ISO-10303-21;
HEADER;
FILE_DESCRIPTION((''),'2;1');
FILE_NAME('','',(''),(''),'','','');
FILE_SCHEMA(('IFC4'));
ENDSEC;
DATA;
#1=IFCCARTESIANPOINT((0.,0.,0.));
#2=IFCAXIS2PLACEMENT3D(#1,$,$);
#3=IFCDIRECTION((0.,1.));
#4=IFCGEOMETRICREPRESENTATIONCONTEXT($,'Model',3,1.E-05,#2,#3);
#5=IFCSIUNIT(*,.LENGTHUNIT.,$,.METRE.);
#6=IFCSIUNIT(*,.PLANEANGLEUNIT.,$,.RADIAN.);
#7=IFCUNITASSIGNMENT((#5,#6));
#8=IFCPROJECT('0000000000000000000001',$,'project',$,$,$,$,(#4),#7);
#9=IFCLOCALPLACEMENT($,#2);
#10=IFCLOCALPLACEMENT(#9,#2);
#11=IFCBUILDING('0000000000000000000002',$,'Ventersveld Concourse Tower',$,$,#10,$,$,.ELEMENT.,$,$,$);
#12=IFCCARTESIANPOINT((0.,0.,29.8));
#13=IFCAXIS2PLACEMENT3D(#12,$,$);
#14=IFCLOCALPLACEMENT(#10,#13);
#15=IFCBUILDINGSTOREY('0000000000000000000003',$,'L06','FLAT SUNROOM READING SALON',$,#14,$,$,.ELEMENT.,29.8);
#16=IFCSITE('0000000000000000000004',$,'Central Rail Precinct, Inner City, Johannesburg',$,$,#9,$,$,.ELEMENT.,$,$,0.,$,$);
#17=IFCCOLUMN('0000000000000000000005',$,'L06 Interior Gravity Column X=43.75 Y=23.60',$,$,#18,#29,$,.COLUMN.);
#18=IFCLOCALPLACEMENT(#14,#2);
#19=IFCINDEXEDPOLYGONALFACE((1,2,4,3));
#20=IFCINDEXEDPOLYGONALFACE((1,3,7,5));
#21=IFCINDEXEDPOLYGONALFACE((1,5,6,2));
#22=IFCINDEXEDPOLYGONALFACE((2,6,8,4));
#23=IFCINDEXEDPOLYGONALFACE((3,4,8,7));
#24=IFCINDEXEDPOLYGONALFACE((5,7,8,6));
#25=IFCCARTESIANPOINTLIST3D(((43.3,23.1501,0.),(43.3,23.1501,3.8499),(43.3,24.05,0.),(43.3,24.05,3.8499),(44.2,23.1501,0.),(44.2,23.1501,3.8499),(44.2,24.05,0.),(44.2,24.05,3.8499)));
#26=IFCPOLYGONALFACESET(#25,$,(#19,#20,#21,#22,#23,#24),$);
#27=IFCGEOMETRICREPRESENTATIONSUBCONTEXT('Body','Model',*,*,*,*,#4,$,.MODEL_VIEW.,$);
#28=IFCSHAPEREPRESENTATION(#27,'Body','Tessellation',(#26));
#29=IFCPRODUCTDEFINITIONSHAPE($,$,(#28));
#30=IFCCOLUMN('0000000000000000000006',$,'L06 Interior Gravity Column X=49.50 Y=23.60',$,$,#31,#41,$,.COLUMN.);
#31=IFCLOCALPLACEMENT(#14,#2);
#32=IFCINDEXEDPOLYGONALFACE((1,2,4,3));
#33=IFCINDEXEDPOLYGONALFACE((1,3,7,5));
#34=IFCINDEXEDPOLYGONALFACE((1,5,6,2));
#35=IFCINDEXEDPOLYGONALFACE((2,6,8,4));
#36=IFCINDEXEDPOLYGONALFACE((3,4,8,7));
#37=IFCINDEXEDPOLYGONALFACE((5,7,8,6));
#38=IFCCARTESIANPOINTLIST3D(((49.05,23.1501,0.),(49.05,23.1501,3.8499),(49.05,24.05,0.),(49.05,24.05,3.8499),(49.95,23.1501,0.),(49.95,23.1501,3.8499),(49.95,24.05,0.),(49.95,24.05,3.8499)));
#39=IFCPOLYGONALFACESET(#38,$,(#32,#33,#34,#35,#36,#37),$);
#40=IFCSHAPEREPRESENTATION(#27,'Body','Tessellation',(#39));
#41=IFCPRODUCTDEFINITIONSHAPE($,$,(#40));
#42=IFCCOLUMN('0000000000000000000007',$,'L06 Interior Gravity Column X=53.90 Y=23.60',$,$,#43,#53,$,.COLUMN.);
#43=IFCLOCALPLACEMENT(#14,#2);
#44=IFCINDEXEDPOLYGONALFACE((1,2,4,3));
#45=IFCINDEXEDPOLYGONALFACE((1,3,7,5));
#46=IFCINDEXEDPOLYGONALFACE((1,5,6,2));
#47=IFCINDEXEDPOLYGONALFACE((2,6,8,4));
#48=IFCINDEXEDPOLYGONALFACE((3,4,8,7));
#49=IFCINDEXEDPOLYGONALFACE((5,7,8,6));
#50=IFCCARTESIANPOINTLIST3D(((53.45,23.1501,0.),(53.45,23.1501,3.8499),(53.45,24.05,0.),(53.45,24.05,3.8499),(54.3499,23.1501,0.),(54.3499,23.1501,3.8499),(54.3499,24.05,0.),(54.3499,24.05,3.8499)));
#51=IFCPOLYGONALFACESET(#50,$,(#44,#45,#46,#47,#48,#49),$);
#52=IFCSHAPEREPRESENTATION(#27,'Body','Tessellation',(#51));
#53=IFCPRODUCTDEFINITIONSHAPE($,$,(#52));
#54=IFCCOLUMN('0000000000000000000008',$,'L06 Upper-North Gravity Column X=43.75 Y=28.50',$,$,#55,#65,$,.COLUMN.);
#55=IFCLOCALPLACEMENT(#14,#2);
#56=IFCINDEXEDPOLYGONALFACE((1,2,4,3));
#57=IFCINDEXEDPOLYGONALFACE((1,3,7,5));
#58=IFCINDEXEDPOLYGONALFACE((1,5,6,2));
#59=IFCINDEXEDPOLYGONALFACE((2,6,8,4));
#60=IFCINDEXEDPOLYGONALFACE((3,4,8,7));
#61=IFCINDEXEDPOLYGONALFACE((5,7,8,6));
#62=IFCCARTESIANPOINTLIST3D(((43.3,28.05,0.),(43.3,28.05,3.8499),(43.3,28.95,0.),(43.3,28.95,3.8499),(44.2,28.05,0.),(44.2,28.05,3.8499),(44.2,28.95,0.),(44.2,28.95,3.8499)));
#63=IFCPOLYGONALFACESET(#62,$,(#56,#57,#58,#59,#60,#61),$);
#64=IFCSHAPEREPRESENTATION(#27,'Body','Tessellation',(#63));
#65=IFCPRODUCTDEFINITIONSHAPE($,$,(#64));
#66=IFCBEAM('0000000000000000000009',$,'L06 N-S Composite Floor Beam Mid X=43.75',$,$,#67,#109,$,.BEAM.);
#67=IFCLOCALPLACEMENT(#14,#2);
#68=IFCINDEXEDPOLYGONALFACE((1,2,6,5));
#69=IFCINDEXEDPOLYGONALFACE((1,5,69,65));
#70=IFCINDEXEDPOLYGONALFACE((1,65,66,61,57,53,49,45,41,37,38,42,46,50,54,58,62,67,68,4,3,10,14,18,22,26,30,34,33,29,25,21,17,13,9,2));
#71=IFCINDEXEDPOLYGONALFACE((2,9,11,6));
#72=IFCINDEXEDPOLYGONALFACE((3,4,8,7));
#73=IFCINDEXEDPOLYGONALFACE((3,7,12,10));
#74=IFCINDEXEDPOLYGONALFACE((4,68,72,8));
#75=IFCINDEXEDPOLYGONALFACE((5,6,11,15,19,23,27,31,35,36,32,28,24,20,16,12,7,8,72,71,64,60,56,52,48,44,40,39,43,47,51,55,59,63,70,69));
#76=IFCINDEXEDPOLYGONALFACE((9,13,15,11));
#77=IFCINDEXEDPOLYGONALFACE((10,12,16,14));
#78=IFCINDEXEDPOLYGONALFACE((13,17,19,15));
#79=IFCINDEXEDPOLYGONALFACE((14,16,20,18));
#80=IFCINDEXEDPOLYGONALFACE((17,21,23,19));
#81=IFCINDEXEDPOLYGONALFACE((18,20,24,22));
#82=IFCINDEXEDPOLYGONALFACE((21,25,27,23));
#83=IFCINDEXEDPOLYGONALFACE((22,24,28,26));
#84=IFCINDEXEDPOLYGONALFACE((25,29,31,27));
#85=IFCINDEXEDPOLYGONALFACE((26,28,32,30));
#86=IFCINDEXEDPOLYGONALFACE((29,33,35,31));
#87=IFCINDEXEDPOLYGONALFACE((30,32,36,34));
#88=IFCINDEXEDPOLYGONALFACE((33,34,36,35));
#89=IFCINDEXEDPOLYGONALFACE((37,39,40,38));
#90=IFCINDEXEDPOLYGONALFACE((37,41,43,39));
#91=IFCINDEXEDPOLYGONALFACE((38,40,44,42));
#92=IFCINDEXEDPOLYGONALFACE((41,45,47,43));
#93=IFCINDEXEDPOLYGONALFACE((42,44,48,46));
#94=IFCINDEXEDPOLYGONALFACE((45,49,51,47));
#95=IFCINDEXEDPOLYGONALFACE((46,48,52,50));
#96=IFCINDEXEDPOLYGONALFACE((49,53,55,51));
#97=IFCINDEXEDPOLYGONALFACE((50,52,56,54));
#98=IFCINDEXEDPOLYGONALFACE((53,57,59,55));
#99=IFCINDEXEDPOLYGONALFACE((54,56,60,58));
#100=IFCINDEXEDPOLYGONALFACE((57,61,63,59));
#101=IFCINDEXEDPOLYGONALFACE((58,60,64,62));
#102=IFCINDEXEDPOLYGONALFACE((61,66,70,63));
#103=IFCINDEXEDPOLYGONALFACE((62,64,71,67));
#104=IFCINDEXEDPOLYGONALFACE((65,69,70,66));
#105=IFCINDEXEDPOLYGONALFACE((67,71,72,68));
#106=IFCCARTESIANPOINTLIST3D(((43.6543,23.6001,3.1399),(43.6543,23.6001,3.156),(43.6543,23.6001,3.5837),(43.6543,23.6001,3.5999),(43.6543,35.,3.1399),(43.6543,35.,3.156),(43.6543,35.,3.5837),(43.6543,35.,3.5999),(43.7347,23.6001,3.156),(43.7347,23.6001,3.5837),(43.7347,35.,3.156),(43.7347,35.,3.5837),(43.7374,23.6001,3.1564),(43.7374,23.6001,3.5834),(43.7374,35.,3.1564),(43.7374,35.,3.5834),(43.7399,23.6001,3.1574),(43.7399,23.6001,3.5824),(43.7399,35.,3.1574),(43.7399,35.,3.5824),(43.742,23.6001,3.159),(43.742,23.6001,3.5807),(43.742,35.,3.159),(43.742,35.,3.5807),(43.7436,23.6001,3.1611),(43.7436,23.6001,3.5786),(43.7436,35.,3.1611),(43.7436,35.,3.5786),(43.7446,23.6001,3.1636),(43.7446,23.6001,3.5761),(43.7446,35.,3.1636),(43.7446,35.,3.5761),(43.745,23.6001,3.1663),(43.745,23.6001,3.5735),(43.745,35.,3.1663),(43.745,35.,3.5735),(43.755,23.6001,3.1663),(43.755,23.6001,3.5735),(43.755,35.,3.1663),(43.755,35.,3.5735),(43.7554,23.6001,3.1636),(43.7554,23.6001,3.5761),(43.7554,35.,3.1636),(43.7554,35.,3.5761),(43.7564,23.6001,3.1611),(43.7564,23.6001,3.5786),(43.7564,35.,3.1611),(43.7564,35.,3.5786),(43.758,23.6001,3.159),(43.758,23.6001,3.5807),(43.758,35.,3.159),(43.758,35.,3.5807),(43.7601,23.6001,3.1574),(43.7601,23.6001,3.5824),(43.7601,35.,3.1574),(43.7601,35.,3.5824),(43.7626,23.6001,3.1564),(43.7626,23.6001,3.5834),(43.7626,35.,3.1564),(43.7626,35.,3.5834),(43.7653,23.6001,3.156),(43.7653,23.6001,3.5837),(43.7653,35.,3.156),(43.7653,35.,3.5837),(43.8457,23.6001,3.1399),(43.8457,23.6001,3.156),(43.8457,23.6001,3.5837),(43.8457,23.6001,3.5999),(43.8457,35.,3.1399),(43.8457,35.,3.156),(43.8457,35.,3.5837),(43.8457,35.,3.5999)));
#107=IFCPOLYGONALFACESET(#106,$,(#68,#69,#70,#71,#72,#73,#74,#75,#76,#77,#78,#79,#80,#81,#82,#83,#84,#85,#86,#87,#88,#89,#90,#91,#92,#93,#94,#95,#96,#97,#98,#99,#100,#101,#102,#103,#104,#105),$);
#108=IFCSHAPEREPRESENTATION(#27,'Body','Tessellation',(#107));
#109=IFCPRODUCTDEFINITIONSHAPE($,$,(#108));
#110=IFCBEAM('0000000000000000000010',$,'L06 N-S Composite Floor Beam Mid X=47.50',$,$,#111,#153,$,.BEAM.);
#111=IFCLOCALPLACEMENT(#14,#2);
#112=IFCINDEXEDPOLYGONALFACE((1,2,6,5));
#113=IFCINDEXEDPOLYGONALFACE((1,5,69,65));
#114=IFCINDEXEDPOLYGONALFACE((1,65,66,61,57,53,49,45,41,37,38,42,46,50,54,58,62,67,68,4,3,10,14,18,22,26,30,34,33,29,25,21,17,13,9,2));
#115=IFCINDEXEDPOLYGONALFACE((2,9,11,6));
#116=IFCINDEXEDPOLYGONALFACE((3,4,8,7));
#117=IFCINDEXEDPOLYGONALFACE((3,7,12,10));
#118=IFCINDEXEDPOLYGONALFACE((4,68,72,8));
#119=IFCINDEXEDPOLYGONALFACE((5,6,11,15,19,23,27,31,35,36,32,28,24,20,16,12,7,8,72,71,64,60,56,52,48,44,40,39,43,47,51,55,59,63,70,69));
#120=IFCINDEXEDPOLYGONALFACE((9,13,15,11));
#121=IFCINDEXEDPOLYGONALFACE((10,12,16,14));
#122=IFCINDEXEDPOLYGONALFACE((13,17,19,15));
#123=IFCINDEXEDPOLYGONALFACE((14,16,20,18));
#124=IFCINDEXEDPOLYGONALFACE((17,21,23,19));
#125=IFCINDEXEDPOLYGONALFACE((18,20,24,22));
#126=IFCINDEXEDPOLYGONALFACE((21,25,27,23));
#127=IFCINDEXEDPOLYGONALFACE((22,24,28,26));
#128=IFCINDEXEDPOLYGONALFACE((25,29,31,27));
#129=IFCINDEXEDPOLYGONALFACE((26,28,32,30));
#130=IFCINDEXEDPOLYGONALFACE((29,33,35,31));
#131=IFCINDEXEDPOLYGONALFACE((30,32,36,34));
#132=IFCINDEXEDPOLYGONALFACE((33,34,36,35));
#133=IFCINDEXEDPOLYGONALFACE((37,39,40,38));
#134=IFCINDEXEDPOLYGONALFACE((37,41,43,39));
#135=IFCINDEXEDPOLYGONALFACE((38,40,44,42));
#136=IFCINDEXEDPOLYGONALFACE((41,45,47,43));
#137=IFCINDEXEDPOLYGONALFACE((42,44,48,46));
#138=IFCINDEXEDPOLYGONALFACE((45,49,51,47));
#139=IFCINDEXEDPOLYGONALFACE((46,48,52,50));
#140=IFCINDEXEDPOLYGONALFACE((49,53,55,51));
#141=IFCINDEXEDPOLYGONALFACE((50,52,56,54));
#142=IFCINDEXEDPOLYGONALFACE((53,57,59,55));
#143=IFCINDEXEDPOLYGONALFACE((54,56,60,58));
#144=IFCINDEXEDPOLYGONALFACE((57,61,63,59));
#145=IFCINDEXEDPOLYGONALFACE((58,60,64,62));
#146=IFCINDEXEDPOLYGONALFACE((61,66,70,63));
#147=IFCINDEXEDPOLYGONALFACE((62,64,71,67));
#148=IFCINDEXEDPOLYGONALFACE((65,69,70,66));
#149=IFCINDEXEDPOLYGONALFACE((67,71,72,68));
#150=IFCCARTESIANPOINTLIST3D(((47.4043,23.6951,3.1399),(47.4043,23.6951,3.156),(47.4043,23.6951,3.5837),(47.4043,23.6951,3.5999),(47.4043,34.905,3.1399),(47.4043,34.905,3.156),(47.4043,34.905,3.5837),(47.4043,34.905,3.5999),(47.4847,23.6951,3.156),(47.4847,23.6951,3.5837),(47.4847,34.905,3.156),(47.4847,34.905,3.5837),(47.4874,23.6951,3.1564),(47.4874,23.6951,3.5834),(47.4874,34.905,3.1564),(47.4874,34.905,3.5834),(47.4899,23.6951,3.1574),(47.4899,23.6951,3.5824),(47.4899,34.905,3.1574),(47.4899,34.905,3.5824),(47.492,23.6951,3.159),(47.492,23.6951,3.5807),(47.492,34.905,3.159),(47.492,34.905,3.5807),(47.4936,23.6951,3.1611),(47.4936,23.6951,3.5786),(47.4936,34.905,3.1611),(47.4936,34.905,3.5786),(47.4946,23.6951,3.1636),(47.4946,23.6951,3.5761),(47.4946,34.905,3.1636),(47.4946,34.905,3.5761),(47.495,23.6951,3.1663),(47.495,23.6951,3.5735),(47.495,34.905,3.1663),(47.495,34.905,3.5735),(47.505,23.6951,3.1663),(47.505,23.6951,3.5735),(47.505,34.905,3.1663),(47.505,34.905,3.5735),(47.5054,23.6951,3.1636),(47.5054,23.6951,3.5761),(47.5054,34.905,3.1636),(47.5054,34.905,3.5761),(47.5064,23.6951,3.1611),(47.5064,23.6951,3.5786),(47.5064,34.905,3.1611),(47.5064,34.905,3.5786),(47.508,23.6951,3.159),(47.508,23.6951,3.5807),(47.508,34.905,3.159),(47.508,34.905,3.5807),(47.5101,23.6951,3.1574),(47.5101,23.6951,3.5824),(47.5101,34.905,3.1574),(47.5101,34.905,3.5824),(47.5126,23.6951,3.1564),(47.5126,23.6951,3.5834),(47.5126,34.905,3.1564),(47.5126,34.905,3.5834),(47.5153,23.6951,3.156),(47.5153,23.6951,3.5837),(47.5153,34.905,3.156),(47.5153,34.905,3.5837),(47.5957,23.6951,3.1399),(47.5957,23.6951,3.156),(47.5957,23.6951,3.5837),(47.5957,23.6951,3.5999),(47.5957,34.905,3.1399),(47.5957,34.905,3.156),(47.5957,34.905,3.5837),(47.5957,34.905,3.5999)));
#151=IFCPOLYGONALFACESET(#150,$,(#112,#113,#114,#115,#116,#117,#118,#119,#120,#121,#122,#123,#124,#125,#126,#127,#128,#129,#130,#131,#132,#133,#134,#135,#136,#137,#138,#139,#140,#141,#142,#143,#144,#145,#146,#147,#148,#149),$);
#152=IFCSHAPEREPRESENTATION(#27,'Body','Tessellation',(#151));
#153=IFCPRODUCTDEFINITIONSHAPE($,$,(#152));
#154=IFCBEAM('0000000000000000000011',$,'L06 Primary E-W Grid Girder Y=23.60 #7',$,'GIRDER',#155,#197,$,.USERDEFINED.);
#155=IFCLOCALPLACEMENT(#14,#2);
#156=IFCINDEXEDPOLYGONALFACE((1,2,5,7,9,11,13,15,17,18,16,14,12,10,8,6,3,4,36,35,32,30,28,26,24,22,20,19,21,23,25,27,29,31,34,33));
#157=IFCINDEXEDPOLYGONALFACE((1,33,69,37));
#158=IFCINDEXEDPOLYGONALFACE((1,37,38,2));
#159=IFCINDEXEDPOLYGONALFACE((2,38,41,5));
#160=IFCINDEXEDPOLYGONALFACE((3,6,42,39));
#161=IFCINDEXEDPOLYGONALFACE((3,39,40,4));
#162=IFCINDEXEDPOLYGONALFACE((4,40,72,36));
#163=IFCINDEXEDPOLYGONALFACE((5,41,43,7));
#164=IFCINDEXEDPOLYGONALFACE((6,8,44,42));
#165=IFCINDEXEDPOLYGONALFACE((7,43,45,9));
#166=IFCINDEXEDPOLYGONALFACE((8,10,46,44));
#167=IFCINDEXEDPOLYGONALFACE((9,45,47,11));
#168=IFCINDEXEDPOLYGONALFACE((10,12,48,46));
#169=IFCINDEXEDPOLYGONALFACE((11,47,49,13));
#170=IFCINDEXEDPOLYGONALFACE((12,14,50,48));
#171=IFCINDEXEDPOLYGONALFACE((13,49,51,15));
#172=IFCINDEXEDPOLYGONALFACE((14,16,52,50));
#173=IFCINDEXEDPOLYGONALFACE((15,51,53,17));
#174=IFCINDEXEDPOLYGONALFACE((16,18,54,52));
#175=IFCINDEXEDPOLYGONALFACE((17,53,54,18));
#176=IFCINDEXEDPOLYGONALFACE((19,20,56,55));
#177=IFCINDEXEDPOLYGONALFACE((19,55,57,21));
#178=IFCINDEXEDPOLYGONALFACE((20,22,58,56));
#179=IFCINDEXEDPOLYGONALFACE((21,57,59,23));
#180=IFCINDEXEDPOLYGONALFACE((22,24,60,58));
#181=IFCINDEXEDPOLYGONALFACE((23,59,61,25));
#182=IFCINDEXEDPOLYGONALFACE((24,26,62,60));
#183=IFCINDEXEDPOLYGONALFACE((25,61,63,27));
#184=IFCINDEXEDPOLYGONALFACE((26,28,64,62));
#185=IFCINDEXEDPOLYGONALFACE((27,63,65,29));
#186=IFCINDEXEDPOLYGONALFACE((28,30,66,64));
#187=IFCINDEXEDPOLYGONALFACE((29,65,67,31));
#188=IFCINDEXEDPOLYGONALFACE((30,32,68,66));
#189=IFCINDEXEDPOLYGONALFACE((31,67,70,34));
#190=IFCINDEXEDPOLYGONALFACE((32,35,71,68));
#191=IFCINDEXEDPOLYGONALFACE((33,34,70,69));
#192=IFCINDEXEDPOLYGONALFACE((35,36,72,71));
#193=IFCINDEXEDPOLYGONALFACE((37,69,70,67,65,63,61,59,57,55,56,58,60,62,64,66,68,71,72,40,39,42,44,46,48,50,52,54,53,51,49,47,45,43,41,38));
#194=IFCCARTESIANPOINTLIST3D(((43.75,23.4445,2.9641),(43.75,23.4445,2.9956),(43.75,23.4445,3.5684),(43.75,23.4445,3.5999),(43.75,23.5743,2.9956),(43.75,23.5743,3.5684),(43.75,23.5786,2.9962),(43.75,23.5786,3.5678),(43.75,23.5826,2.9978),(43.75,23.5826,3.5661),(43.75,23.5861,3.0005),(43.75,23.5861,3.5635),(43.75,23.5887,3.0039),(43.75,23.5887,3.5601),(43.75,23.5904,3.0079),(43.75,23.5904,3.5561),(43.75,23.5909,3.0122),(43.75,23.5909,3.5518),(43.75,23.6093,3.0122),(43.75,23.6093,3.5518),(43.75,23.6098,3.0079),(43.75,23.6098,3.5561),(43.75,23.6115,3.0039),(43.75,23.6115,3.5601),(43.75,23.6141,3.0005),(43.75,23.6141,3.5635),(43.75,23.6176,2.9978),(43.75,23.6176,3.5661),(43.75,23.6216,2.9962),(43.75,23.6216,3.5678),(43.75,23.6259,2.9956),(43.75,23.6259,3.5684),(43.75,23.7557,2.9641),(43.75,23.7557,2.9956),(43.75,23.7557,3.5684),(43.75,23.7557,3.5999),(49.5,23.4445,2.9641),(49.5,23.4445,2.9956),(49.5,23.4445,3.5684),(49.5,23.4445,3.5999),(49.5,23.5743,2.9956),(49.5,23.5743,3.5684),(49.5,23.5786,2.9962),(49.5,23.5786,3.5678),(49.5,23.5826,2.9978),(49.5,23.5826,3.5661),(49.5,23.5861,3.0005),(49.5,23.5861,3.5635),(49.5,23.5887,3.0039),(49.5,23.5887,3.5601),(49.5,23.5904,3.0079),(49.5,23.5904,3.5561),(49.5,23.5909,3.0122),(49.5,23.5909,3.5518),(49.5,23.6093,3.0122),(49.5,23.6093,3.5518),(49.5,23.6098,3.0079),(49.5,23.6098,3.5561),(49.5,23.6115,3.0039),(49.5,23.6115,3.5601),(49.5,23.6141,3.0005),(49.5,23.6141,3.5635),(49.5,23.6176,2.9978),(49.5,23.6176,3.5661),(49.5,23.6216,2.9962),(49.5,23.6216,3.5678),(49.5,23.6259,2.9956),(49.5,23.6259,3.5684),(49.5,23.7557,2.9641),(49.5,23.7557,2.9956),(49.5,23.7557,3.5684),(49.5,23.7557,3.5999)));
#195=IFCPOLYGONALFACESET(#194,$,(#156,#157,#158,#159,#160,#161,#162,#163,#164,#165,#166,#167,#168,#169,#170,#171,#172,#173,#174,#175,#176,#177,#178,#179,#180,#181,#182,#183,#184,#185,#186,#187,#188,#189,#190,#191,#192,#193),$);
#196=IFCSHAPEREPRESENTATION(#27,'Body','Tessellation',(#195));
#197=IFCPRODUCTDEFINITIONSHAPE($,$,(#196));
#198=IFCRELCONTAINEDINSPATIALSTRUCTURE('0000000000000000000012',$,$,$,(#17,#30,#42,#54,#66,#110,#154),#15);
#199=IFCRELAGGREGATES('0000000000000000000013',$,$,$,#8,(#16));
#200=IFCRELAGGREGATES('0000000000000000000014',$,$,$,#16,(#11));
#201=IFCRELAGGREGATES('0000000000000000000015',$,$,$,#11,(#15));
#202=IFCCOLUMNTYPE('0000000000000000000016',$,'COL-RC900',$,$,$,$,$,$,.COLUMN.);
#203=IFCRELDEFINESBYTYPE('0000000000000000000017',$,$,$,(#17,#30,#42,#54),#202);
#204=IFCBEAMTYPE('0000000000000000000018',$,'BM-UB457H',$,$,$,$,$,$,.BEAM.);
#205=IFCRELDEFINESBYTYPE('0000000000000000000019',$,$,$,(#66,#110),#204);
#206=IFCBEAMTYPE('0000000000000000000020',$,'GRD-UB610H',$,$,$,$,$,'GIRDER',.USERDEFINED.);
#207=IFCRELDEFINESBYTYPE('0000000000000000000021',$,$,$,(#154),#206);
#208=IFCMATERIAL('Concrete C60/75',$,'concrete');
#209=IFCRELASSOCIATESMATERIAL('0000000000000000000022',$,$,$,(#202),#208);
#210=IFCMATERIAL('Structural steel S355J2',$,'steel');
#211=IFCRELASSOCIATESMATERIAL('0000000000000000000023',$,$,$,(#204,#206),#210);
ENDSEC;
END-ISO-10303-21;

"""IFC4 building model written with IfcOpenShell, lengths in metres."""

from ifc_helpers import new_model, si_unit, direction, frame, origin, origin_2d, place, context, subcontext, project, spatial, rectangle, i_section, extrude, material, material_profile, profile_set, type_object, element, save


model = new_model("IFC4")

# Units and contexts
model_context = context("Model", 3, precision=1e-05, world=origin(), true_north=direction((0.0, 1.0)))
body_context = subcontext(model_context, "Body", "Model", "MODEL_VIEW")
ifc_project = project(units=[si_unit("LENGTHUNIT", "METRE"), si_unit("PLANEANGLEUNIT", "RADIAN")], contexts=[model_context])

# Site, building, storey
site_placement = place(None, origin())
site = spatial("IfcSite", under=ifc_project, at=site_placement, Name="Central Rail Precinct, Inner City, Johannesburg", CompositionType="ELEMENT", RefElevation=0.0)
building_placement = place(site_placement, origin())
building = spatial("IfcBuilding", under=site, at=building_placement, Name="Ventersveld Concourse Tower", CompositionType="ELEMENT")
storey_placement = place(building_placement, frame((0.0, 0.0, 29.8)))
storey = spatial("IfcBuildingStorey", under=building, at=storey_placement, Name="L06", Description="FLAT SUNROOM READING SALON", CompositionType="ELEMENT", Elevation=29.8)

# Columns
ifc_material_1 = material(Name="Concrete C60/75", Category="concrete")
ifc_material_profile_1 = material_profile(ifc_material_1, rectangle(XDim=0.8999, YDim=0.8999, at=origin_2d()), Name="RC 900x900")
ifc_profile_set_1 = profile_set([ifc_material_profile_1], Name="Concrete C60/75")
column_type = type_object("IfcColumnType", Name="COL-RC900", PredefinedType="COLUMN", material=ifc_profile_set_1)
for number, where, z_axis, x_axis, name in (
    (1, (43.75, 23.6001, 0.0), (0.0, 0.0, 1.0), (1.0, 0.0, 0.0), "L06 Interior Gravity Column X=43.75 Y=23.60"),
    (2, (49.5, 23.6001, 0.0), (0.0, 0.0, 1.0), (1.0, 0.0, 0.0), "L06 Interior Gravity Column X=49.50 Y=23.60"),
    (3, (53.8999, 23.6001, 0.0), (0.0, 0.0, 1.0), (1.0, 0.0, 0.0), "L06 Interior Gravity Column X=53.90 Y=23.60"),
    (4, (43.75, 28.5, 0.0), (0.0, 0.0, 1.0), (1.0, 0.0, 0.0), "L06 Upper-North Gravity Column X=43.75 Y=28.50"),
):
    element("IfcColumn", number, at=place(storey_placement, frame(where, z_axis=z_axis, x_axis=x_axis)), inside=storey, type_object=column_type, Name=name, PredefinedType="COLUMN", context=body_context, shape_type="SweptSolid", body=[
        extrude(rectangle(XDim=0.8999, YDim=0.8999, at=origin_2d()), origin(), (0.0, 0.0, 1.0), 3.8499),
    ])

# Beams
ifc_material_2 = material(Name="Structural steel S355J2", Category="steel")
ifc_material_profile_2 = material_profile(ifc_material_2, i_section(OverallWidth=0.1914, OverallDepth=0.46, WebThickness=0.01, FlangeThickness=0.0161, FilletRadius=0.0103, at=origin_2d()), Name="UB 457x191x82")
ifc_profile_set_2 = profile_set([ifc_material_profile_2], Name="Structural steel S355J2")
beam_type_1 = type_object("IfcBeamType", Name="BM-UB457H", PredefinedType="BEAM", material=ifc_profile_set_2)
beam_1_placement = place(storey_placement, frame((43.75, 23.6001, 3.3699), z_axis=(0.0, 1.0, 0.0), x_axis=(-1.0, 0.0, 0.0)))
element("IfcBeam", 5, at=beam_1_placement, inside=storey, type_object=beam_type_1, Name="L06 N-S Composite Floor Beam Mid X=43.75", PredefinedType="BEAM", context=body_context, shape_type="SweptSolid", body=[
    extrude(i_section(OverallWidth=0.1914, OverallDepth=0.46, WebThickness=0.01, FlangeThickness=0.0161, FilletRadius=0.0103, at=origin_2d()), origin(), (0.0, 0.0, 1.0), 11.3999),
])
beam_2_placement = place(storey_placement, frame((47.5, 23.6951, 3.3699), z_axis=(0.0, 1.0, 0.0), x_axis=(-1.0, 0.0, 0.0)))
element("IfcBeam", 6, at=beam_2_placement, inside=storey, type_object=beam_type_1, Name="L06 N-S Composite Floor Beam Mid X=47.50", PredefinedType="BEAM", context=body_context, shape_type="SweptSolid", body=[
    extrude(i_section(OverallWidth=0.1914, OverallDepth=0.46, WebThickness=0.01, FlangeThickness=0.0161, FilletRadius=0.0103, at=origin_2d()), origin(), (0.0, 0.0, 1.0), 11.21),
])
ifc_material_profile_3 = material_profile(ifc_material_2, i_section(OverallWidth=0.3113, OverallDepth=0.6357, WebThickness=0.0183, FlangeThickness=0.0315, FilletRadius=0.0166, at=origin_2d()), Name="UB 610x305x238")
ifc_profile_set_3 = profile_set([ifc_material_profile_3], Name="Structural steel S355J2")
beam_type_2 = type_object("IfcBeamType", Name="GRD-UB610H", ElementType="GIRDER", PredefinedType="USERDEFINED", material=ifc_profile_set_3)
beam_3_placement = place(storey_placement, frame((43.75, 23.6001, 3.282), z_axis=(1.0, 0.0, 0.0), x_axis=(0.0, 1.0, 0.0)))
element("IfcBeam", 7, at=beam_3_placement, inside=storey, type_object=beam_type_2, Name="L06 Primary E-W Grid Girder Y=23.60 #7", ObjectType="GIRDER", PredefinedType="USERDEFINED", context=body_context, shape_type="SweptSolid", body=[
    extrude(i_section(OverallWidth=0.3113, OverallDepth=0.6357, WebThickness=0.0183, FlangeThickness=0.0315, FilletRadius=0.0166, at=origin_2d()), origin(), (0.0, 0.0, 1.0), 5.75),
])

save(model, "model.ifc")
